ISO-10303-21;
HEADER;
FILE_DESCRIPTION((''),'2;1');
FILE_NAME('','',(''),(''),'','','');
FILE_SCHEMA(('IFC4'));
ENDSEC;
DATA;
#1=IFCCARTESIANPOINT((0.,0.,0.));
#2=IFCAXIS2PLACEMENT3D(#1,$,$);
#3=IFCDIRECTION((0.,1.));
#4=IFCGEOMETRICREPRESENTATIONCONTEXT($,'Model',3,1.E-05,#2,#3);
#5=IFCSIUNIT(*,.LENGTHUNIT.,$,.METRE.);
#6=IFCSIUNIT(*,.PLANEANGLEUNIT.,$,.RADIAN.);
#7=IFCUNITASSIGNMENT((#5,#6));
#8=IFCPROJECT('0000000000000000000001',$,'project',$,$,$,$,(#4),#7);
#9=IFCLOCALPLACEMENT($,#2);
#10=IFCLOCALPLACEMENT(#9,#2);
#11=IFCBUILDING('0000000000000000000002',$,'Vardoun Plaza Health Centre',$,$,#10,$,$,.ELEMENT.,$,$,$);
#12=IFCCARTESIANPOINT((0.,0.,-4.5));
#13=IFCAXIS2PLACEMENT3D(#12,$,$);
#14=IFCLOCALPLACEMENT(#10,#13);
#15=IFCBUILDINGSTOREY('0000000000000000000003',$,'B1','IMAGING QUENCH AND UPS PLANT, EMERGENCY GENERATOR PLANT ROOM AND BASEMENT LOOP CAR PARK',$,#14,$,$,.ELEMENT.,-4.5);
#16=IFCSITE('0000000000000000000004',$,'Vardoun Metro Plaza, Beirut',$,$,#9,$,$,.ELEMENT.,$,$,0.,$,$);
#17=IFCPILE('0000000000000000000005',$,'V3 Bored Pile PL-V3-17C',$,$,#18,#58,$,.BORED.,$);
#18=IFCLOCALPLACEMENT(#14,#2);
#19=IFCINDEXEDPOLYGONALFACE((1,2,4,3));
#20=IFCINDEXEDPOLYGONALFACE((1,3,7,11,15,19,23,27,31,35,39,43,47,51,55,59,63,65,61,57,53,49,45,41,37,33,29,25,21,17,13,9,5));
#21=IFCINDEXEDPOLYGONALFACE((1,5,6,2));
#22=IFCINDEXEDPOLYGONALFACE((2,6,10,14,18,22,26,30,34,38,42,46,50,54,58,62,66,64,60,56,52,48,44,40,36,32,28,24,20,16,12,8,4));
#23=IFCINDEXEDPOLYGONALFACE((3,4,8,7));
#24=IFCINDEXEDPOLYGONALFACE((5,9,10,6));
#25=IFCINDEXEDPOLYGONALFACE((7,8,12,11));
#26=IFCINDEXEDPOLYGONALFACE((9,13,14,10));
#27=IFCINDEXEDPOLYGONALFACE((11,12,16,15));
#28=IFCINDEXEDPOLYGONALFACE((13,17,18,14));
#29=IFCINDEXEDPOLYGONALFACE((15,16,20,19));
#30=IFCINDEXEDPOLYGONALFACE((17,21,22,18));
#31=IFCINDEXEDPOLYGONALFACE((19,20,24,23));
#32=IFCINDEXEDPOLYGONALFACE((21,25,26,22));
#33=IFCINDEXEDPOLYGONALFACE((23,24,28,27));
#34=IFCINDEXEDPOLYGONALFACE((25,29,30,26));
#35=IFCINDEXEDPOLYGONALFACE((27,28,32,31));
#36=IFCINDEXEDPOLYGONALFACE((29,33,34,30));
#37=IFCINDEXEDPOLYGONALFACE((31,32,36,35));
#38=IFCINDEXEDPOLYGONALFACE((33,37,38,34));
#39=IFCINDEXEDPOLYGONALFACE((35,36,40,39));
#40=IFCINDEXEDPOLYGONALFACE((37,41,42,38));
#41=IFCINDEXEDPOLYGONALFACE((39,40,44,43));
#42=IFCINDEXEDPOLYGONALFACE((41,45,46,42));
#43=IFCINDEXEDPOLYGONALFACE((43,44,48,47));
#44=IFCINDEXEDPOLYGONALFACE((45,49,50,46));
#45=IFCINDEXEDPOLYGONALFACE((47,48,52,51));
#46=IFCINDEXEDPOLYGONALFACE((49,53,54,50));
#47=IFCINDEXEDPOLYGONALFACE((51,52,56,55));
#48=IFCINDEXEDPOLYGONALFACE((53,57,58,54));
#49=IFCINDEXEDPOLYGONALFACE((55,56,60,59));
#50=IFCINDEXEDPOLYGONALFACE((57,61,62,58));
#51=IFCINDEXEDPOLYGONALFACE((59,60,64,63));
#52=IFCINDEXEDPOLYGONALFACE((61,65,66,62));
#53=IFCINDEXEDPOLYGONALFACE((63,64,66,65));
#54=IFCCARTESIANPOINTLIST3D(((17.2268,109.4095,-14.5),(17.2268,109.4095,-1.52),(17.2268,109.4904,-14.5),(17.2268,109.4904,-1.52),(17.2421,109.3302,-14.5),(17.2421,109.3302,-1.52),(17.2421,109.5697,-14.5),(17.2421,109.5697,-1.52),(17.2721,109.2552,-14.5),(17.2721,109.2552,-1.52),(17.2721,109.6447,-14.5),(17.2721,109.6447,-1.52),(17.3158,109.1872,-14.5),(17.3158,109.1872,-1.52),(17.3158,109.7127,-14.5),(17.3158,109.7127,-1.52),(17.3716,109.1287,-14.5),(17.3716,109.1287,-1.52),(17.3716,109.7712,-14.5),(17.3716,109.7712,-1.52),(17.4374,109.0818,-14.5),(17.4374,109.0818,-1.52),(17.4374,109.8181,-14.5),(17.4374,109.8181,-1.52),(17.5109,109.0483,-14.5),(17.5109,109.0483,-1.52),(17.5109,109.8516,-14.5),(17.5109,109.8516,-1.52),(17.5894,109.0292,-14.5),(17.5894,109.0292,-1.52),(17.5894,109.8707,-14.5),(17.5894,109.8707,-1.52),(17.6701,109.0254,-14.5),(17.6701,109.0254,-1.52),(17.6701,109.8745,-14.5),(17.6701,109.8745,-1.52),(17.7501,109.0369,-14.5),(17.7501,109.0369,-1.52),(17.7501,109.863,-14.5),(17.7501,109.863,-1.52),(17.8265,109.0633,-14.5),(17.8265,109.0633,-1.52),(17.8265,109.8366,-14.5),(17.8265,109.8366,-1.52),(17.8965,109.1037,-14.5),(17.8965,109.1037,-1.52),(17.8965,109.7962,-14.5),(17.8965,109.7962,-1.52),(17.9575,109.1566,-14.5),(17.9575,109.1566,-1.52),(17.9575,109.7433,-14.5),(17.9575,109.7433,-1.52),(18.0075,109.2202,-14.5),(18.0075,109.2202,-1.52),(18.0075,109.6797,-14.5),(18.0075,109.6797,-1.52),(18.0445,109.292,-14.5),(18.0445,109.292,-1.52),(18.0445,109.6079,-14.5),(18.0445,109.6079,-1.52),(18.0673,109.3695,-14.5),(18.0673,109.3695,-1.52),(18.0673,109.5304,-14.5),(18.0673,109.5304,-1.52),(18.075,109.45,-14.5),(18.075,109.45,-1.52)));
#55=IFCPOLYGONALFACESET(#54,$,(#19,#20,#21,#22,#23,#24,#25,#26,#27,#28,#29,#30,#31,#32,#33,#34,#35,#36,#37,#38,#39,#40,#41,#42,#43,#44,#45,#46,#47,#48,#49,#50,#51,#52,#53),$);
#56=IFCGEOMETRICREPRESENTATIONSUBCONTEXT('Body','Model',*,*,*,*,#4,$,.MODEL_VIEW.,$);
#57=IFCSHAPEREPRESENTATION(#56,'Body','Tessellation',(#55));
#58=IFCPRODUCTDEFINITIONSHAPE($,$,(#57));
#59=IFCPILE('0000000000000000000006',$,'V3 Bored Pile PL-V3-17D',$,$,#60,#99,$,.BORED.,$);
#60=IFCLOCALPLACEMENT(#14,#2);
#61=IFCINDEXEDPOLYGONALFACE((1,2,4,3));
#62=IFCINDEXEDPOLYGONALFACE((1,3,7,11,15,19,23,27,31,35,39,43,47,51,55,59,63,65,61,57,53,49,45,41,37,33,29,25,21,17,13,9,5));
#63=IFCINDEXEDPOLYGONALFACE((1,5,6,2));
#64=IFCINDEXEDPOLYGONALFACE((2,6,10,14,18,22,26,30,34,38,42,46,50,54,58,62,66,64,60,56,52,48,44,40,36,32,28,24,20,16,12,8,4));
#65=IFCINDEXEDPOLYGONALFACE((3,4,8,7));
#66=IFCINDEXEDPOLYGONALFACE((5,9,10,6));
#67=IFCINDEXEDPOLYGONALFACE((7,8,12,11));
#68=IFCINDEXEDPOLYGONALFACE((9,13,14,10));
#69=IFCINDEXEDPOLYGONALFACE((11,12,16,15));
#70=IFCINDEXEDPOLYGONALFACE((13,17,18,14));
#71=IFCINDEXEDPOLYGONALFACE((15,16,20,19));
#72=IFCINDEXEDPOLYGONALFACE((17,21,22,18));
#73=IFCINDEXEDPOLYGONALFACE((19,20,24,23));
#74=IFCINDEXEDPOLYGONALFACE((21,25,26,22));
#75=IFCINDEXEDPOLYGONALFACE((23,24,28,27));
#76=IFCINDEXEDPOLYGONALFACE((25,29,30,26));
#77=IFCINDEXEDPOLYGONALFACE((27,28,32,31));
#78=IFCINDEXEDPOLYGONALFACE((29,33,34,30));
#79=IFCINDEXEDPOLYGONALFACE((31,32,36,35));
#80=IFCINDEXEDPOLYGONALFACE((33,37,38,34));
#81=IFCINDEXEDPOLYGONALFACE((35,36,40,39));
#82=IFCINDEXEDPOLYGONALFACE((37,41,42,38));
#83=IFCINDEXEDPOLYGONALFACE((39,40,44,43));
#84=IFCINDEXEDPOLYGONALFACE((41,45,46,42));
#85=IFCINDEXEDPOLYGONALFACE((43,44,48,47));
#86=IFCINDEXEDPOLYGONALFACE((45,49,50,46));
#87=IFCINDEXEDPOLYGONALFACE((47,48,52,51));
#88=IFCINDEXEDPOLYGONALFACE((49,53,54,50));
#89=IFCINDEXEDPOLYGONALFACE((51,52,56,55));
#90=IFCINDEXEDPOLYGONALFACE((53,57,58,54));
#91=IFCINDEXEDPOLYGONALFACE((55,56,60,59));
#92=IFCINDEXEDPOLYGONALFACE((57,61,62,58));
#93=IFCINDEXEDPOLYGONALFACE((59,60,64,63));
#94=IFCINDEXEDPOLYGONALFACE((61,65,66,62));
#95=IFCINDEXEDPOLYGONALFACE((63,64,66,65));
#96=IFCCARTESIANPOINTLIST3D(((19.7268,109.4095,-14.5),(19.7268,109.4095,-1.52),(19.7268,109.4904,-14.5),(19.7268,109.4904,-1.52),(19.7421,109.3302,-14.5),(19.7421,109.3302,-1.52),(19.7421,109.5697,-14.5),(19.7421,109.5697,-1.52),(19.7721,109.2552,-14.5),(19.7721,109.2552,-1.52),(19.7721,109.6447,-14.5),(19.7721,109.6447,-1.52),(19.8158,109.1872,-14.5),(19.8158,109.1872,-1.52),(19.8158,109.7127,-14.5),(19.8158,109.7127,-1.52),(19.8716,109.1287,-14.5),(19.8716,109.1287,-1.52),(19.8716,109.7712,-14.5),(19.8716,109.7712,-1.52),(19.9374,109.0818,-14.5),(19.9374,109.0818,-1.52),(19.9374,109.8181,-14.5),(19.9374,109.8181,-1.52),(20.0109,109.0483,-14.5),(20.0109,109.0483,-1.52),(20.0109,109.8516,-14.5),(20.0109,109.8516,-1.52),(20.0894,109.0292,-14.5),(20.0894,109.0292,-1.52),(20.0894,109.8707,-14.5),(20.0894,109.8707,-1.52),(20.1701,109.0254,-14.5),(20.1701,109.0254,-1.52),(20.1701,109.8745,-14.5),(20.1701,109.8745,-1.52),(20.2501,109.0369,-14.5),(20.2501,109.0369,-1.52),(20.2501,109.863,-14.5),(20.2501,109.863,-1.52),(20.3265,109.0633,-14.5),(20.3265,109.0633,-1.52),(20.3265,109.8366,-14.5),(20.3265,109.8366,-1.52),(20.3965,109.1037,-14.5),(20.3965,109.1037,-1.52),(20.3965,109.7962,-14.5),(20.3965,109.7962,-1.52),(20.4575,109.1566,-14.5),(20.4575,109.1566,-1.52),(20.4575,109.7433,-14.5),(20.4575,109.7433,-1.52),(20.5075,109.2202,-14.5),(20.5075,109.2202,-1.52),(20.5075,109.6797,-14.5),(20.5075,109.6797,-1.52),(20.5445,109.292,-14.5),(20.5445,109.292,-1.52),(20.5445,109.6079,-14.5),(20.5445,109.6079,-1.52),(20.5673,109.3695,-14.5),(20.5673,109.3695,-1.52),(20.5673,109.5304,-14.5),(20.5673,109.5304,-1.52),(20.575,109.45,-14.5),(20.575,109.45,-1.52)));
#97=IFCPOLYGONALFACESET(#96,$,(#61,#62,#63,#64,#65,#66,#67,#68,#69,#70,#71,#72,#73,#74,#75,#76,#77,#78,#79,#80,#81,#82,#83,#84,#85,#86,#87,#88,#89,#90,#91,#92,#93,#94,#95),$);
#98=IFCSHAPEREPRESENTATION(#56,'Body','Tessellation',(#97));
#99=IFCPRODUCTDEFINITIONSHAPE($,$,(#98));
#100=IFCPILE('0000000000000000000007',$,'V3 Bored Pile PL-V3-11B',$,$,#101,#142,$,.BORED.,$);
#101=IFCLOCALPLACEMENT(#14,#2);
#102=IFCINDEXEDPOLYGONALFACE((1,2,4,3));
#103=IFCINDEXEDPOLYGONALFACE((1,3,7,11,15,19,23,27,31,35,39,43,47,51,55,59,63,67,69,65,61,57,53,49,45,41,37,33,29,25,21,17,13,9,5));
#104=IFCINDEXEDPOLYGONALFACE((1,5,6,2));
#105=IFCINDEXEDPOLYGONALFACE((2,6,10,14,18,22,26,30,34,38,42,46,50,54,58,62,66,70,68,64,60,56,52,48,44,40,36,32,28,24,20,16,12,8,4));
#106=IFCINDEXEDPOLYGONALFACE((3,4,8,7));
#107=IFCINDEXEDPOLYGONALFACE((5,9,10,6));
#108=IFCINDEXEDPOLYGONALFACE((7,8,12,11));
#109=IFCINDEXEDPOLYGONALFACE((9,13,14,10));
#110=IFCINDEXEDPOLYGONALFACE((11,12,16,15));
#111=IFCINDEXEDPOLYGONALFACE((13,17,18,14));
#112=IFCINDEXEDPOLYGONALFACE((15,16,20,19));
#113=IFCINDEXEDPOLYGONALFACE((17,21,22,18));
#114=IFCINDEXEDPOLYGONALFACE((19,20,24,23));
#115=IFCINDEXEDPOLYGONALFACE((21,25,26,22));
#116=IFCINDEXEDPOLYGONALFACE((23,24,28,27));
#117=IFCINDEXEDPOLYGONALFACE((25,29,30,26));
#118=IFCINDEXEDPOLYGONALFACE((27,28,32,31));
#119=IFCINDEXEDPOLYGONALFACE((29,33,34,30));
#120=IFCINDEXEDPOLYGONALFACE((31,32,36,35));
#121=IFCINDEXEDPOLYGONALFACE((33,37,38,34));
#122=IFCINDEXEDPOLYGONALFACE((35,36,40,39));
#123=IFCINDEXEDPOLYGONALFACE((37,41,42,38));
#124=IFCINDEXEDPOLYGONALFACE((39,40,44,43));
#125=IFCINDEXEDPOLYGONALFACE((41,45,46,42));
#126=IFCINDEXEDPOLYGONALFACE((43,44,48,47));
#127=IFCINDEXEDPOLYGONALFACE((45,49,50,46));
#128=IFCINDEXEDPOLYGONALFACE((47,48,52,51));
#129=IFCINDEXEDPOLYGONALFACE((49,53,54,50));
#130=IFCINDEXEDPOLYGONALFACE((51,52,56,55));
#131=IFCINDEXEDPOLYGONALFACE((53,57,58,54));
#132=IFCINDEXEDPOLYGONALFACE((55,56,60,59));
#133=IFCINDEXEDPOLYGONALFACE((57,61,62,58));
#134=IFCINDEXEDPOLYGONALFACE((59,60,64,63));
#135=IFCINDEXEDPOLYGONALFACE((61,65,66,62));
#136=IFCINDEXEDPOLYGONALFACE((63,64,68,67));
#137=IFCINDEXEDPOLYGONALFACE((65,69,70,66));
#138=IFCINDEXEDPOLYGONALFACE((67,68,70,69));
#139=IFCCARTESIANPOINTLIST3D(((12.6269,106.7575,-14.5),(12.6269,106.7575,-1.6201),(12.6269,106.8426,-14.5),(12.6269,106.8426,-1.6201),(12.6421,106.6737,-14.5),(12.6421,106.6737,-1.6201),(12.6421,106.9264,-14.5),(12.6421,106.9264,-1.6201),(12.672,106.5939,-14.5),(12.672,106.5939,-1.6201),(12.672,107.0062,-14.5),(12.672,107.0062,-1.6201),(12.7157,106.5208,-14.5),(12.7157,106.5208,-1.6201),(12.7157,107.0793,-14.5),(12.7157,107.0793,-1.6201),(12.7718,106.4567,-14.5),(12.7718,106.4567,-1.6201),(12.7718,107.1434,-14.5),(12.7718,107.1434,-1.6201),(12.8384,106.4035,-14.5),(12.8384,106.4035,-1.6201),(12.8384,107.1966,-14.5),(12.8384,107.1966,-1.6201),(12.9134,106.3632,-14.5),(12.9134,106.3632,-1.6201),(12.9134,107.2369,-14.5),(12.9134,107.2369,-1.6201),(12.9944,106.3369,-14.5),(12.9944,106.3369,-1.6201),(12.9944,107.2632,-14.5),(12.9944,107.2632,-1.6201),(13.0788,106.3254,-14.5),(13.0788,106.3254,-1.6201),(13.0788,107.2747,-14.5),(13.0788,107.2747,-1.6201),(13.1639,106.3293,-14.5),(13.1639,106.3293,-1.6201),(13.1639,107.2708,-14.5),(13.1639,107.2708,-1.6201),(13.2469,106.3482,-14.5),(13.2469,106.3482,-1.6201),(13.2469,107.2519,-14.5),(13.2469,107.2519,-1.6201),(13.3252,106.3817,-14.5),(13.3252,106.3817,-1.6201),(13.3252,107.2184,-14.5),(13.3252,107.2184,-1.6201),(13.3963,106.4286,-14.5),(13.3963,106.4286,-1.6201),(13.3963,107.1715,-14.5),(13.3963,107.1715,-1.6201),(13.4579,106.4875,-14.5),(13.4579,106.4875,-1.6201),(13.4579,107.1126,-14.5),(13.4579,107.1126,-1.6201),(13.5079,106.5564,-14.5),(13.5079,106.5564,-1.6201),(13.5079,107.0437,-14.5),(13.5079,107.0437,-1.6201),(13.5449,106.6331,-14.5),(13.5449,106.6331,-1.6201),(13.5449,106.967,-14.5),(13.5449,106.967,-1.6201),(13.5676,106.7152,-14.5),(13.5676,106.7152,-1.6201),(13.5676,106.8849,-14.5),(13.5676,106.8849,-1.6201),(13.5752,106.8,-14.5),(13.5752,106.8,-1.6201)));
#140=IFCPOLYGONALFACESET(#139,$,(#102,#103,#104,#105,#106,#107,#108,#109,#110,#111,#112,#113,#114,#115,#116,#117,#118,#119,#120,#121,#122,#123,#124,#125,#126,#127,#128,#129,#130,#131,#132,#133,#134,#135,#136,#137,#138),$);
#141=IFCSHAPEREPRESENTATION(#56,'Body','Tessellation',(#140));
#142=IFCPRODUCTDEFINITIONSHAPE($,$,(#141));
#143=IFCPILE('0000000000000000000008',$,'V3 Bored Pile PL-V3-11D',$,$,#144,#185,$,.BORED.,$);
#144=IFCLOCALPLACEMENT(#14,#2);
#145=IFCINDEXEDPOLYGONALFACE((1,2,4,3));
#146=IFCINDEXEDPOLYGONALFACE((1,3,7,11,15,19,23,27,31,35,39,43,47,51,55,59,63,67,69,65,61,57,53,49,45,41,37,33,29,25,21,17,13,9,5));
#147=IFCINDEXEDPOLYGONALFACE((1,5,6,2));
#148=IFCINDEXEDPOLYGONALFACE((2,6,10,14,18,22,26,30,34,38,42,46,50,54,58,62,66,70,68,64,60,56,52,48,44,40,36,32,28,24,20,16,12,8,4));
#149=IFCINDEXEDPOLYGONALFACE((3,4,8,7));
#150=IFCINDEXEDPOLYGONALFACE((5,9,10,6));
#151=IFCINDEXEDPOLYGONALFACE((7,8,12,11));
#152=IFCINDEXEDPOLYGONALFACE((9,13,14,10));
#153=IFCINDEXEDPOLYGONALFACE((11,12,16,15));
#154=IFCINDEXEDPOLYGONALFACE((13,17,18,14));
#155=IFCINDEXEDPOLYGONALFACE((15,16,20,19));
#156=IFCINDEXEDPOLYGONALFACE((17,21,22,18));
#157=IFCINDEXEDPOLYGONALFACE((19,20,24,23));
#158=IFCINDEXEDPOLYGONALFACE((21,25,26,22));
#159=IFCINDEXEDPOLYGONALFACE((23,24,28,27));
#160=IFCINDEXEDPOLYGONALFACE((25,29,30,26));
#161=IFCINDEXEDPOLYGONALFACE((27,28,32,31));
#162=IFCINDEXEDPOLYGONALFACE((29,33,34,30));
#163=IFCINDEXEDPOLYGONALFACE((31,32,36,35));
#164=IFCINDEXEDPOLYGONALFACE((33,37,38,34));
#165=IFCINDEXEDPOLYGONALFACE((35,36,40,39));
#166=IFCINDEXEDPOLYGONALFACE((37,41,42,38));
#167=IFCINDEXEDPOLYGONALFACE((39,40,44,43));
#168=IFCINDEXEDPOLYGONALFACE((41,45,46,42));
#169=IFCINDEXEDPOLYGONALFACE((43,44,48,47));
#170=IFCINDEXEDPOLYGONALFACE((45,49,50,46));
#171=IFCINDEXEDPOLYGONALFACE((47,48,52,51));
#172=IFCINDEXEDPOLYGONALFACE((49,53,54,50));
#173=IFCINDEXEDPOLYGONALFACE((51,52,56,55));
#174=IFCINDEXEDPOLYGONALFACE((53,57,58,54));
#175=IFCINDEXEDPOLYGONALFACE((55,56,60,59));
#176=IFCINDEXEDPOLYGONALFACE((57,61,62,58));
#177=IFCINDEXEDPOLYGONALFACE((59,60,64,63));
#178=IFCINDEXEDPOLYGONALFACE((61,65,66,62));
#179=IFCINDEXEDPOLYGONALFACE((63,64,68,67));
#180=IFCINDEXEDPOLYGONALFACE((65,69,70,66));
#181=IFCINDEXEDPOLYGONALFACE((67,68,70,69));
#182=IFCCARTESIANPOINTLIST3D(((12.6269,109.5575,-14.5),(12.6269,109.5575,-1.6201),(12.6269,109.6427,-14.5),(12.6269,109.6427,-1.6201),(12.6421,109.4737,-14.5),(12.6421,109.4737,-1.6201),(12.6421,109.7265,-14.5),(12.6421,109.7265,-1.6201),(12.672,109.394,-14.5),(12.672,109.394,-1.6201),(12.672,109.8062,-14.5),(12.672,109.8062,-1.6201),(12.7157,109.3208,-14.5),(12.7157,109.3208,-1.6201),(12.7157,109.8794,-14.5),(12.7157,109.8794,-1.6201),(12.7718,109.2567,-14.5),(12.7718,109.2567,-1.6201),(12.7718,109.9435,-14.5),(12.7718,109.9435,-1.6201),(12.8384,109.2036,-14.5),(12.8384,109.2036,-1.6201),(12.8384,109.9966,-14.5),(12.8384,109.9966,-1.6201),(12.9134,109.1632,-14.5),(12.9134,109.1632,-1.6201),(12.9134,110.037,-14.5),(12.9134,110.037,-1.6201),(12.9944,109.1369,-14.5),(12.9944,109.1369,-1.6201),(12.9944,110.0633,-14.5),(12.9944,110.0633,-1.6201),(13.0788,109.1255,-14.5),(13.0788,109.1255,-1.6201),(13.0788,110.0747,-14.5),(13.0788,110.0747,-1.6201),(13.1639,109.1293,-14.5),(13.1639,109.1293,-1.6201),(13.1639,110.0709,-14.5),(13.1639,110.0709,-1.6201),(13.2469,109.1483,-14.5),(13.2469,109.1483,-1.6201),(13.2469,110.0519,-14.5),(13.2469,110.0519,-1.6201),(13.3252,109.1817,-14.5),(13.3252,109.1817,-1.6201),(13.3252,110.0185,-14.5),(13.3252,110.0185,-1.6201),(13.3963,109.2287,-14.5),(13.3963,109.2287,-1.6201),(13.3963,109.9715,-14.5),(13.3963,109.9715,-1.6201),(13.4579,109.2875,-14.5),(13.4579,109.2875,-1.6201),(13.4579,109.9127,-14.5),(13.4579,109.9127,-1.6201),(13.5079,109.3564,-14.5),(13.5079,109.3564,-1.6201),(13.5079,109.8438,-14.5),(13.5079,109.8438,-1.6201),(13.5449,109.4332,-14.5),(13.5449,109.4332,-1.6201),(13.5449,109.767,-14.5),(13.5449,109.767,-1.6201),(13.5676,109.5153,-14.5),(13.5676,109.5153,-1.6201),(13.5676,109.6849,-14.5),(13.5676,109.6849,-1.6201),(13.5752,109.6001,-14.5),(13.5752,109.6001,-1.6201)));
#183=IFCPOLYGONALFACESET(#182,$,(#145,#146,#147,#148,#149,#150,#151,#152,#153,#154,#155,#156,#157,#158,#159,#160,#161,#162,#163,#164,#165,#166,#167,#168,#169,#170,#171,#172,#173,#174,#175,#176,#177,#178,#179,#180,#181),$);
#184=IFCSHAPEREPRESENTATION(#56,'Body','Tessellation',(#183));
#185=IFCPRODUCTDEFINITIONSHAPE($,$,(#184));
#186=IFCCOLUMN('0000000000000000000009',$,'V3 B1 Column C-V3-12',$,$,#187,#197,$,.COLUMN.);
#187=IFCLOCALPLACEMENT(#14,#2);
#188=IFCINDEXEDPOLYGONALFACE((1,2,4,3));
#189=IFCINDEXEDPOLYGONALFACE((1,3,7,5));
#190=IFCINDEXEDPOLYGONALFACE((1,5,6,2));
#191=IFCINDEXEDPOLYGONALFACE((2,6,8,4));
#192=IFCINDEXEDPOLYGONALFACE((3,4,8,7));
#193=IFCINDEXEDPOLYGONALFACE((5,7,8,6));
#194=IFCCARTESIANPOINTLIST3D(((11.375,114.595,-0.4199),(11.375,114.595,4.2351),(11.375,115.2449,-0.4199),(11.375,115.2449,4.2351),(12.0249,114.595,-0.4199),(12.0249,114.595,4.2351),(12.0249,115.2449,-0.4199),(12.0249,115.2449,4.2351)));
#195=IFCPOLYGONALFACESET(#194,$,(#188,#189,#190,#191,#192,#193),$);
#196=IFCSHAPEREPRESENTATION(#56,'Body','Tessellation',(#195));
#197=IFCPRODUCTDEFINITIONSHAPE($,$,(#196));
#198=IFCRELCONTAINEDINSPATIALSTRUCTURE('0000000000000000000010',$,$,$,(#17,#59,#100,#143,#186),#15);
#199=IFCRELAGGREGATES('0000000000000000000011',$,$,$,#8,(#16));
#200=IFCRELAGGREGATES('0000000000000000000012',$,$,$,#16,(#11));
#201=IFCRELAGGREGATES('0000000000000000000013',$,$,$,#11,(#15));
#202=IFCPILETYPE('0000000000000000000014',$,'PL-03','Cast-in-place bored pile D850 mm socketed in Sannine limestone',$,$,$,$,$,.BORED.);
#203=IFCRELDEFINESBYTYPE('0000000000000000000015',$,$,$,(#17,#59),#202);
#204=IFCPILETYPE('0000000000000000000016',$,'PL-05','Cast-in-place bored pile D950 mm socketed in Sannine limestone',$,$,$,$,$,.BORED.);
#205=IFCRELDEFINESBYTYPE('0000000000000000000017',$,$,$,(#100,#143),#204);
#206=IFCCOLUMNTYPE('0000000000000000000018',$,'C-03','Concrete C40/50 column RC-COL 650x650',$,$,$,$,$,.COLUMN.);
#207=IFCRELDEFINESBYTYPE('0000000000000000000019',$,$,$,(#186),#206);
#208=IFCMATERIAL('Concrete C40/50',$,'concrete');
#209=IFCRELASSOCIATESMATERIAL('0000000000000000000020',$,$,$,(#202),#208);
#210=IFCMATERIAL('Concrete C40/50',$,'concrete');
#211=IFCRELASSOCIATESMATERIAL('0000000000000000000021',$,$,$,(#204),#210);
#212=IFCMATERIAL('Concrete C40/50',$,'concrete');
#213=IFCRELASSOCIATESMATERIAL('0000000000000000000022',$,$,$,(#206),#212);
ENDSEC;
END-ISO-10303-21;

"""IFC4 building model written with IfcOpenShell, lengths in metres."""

from ifc_helpers import new_model, si_unit, direction, frame, origin, origin_2d, place, context, subcontext, project, spatial, rectangle, circle, extrude, material, material_profile, profile_set, type_object, element, save


model = new_model("IFC4")

# Units and contexts
model_context = context("Model", 3, precision=1e-05, world=origin(), true_north=direction((0.0, 1.0)))
body_context = subcontext(model_context, "Body", "Model", "MODEL_VIEW")
ifc_project = project(units=[si_unit("LENGTHUNIT", "METRE"), si_unit("PLANEANGLEUNIT", "RADIAN")], contexts=[model_context])

# Site, building, storey
site_placement = place(None, origin())
site = spatial("IfcSite", under=ifc_project, at=site_placement, Name="Vardoun Metro Plaza, Beirut", CompositionType="ELEMENT", RefElevation=0.0)
building_placement = place(site_placement, origin())
building = spatial("IfcBuilding", under=site, at=building_placement, Name="Vardoun Plaza Health Centre", CompositionType="ELEMENT")
storey_placement = place(building_placement, frame((0.0, 0.0, -4.5)))
storey = spatial("IfcBuildingStorey", under=building, at=storey_placement, Name="B1", Description="IMAGING QUENCH AND UPS PLANT, EMERGENCY GENERATOR PLANT ROOM AND BASEMENT LOOP CAR PARK", CompositionType="ELEMENT", Elevation=-4.5)

# Piles
ifc_material_1 = material(Name="Concrete C40/50", Category="concrete")
ifc_material_profile_1 = material_profile(ifc_material_1, circle(Radius=0.425, at=origin_2d()), Name="PILE D850")
ifc_profile_set_1 = profile_set([ifc_material_profile_1], Name="Concrete C40/50")
pile_type_1 = type_object("IfcPileType", Name="PL-03", Description="Cast-in-place bored pile D850 mm socketed in Sannine limestone", PredefinedType="BORED", material=ifc_profile_set_1)
for number, where, z_axis, x_axis, name in (
    (1, (17.6499, 109.45, -1.52), (0.0, 0.0, -1.0), (1.0, 0.0, 0.0), "V3 Bored Pile PL-V3-17C"),
    (2, (20.1499, 109.45, -1.52), (0.0, 0.0, -1.0), (1.0, 0.0, 0.0), "V3 Bored Pile PL-V3-17D"),
):
    element("IfcPile", number, at=place(storey_placement, frame(where, z_axis=z_axis, x_axis=x_axis)), inside=storey, type_object=pile_type_1, Name=name, PredefinedType="BORED", context=body_context, shape_type="SweptSolid", body=[
        extrude(circle(Radius=0.425, at=origin_2d()), origin(), (0.0, 0.0, 1.0), 12.98),
    ])
ifc_material_2 = material(Name="Concrete C40/50", Category="concrete")
ifc_material_profile_2 = material_profile(ifc_material_2, circle(Radius=0.4751, at=origin_2d()), Name="PILE D950")
ifc_profile_set_2 = profile_set([ifc_material_profile_2], Name="Concrete C40/50")
pile_type_2 = type_object("IfcPileType", Name="PL-05", Description="Cast-in-place bored pile D950 mm socketed in Sannine limestone", PredefinedType="BORED", material=ifc_profile_set_2)
for number, where, z_axis, x_axis, name in (
    (3, (13.1001, 106.8, -1.6201), (0.0, 0.0, -1.0), (1.0, 0.0, 0.0), "V3 Bored Pile PL-V3-11B"),
    (4, (13.1001, 109.6001, -1.6201), (0.0, 0.0, -1.0), (1.0, 0.0, 0.0), "V3 Bored Pile PL-V3-11D"),
):
    element("IfcPile", number, at=place(storey_placement, frame(where, z_axis=z_axis, x_axis=x_axis)), inside=storey, type_object=pile_type_2, Name=name, PredefinedType="BORED", context=body_context, shape_type="SweptSolid", body=[
        extrude(circle(Radius=0.4751, at=origin_2d()), origin(), (0.0, 0.0, 1.0), 12.8799),
    ])

# Column
ifc_material_3 = material(Name="Concrete C40/50", Category="concrete")
ifc_material_profile_3 = material_profile(ifc_material_3, rectangle(XDim=0.6499, YDim=0.6499, at=origin_2d()), Name="RC-COL 650x650")
ifc_profile_set_3 = profile_set([ifc_material_profile_3], Name="Concrete C40/50")
column_type_1 = type_object("IfcColumnType", Name="C-03", Description="Concrete C40/50 column RC-COL 650x650", PredefinedType="COLUMN", material=ifc_profile_set_3)
for number, where, z_axis, x_axis, name in (
    (5, (11.7, 114.9199, -0.4199), (0.0, 0.0, 1.0), (1.0, 0.0, 0.0), "V3 B1 Column C-V3-12"),
):
    element("IfcColumn", number, at=place(storey_placement, frame(where, z_axis=z_axis, x_axis=x_axis)), inside=storey, type_object=column_type_1, Name=name, PredefinedType="COLUMN", context=body_context, shape_type="SweptSolid", body=[
        extrude(rectangle(XDim=0.6499, YDim=0.6499, at=origin_2d()), origin(), (0.0, 0.0, 1.0), 4.655),
    ])

save(model, "model.ifc")
